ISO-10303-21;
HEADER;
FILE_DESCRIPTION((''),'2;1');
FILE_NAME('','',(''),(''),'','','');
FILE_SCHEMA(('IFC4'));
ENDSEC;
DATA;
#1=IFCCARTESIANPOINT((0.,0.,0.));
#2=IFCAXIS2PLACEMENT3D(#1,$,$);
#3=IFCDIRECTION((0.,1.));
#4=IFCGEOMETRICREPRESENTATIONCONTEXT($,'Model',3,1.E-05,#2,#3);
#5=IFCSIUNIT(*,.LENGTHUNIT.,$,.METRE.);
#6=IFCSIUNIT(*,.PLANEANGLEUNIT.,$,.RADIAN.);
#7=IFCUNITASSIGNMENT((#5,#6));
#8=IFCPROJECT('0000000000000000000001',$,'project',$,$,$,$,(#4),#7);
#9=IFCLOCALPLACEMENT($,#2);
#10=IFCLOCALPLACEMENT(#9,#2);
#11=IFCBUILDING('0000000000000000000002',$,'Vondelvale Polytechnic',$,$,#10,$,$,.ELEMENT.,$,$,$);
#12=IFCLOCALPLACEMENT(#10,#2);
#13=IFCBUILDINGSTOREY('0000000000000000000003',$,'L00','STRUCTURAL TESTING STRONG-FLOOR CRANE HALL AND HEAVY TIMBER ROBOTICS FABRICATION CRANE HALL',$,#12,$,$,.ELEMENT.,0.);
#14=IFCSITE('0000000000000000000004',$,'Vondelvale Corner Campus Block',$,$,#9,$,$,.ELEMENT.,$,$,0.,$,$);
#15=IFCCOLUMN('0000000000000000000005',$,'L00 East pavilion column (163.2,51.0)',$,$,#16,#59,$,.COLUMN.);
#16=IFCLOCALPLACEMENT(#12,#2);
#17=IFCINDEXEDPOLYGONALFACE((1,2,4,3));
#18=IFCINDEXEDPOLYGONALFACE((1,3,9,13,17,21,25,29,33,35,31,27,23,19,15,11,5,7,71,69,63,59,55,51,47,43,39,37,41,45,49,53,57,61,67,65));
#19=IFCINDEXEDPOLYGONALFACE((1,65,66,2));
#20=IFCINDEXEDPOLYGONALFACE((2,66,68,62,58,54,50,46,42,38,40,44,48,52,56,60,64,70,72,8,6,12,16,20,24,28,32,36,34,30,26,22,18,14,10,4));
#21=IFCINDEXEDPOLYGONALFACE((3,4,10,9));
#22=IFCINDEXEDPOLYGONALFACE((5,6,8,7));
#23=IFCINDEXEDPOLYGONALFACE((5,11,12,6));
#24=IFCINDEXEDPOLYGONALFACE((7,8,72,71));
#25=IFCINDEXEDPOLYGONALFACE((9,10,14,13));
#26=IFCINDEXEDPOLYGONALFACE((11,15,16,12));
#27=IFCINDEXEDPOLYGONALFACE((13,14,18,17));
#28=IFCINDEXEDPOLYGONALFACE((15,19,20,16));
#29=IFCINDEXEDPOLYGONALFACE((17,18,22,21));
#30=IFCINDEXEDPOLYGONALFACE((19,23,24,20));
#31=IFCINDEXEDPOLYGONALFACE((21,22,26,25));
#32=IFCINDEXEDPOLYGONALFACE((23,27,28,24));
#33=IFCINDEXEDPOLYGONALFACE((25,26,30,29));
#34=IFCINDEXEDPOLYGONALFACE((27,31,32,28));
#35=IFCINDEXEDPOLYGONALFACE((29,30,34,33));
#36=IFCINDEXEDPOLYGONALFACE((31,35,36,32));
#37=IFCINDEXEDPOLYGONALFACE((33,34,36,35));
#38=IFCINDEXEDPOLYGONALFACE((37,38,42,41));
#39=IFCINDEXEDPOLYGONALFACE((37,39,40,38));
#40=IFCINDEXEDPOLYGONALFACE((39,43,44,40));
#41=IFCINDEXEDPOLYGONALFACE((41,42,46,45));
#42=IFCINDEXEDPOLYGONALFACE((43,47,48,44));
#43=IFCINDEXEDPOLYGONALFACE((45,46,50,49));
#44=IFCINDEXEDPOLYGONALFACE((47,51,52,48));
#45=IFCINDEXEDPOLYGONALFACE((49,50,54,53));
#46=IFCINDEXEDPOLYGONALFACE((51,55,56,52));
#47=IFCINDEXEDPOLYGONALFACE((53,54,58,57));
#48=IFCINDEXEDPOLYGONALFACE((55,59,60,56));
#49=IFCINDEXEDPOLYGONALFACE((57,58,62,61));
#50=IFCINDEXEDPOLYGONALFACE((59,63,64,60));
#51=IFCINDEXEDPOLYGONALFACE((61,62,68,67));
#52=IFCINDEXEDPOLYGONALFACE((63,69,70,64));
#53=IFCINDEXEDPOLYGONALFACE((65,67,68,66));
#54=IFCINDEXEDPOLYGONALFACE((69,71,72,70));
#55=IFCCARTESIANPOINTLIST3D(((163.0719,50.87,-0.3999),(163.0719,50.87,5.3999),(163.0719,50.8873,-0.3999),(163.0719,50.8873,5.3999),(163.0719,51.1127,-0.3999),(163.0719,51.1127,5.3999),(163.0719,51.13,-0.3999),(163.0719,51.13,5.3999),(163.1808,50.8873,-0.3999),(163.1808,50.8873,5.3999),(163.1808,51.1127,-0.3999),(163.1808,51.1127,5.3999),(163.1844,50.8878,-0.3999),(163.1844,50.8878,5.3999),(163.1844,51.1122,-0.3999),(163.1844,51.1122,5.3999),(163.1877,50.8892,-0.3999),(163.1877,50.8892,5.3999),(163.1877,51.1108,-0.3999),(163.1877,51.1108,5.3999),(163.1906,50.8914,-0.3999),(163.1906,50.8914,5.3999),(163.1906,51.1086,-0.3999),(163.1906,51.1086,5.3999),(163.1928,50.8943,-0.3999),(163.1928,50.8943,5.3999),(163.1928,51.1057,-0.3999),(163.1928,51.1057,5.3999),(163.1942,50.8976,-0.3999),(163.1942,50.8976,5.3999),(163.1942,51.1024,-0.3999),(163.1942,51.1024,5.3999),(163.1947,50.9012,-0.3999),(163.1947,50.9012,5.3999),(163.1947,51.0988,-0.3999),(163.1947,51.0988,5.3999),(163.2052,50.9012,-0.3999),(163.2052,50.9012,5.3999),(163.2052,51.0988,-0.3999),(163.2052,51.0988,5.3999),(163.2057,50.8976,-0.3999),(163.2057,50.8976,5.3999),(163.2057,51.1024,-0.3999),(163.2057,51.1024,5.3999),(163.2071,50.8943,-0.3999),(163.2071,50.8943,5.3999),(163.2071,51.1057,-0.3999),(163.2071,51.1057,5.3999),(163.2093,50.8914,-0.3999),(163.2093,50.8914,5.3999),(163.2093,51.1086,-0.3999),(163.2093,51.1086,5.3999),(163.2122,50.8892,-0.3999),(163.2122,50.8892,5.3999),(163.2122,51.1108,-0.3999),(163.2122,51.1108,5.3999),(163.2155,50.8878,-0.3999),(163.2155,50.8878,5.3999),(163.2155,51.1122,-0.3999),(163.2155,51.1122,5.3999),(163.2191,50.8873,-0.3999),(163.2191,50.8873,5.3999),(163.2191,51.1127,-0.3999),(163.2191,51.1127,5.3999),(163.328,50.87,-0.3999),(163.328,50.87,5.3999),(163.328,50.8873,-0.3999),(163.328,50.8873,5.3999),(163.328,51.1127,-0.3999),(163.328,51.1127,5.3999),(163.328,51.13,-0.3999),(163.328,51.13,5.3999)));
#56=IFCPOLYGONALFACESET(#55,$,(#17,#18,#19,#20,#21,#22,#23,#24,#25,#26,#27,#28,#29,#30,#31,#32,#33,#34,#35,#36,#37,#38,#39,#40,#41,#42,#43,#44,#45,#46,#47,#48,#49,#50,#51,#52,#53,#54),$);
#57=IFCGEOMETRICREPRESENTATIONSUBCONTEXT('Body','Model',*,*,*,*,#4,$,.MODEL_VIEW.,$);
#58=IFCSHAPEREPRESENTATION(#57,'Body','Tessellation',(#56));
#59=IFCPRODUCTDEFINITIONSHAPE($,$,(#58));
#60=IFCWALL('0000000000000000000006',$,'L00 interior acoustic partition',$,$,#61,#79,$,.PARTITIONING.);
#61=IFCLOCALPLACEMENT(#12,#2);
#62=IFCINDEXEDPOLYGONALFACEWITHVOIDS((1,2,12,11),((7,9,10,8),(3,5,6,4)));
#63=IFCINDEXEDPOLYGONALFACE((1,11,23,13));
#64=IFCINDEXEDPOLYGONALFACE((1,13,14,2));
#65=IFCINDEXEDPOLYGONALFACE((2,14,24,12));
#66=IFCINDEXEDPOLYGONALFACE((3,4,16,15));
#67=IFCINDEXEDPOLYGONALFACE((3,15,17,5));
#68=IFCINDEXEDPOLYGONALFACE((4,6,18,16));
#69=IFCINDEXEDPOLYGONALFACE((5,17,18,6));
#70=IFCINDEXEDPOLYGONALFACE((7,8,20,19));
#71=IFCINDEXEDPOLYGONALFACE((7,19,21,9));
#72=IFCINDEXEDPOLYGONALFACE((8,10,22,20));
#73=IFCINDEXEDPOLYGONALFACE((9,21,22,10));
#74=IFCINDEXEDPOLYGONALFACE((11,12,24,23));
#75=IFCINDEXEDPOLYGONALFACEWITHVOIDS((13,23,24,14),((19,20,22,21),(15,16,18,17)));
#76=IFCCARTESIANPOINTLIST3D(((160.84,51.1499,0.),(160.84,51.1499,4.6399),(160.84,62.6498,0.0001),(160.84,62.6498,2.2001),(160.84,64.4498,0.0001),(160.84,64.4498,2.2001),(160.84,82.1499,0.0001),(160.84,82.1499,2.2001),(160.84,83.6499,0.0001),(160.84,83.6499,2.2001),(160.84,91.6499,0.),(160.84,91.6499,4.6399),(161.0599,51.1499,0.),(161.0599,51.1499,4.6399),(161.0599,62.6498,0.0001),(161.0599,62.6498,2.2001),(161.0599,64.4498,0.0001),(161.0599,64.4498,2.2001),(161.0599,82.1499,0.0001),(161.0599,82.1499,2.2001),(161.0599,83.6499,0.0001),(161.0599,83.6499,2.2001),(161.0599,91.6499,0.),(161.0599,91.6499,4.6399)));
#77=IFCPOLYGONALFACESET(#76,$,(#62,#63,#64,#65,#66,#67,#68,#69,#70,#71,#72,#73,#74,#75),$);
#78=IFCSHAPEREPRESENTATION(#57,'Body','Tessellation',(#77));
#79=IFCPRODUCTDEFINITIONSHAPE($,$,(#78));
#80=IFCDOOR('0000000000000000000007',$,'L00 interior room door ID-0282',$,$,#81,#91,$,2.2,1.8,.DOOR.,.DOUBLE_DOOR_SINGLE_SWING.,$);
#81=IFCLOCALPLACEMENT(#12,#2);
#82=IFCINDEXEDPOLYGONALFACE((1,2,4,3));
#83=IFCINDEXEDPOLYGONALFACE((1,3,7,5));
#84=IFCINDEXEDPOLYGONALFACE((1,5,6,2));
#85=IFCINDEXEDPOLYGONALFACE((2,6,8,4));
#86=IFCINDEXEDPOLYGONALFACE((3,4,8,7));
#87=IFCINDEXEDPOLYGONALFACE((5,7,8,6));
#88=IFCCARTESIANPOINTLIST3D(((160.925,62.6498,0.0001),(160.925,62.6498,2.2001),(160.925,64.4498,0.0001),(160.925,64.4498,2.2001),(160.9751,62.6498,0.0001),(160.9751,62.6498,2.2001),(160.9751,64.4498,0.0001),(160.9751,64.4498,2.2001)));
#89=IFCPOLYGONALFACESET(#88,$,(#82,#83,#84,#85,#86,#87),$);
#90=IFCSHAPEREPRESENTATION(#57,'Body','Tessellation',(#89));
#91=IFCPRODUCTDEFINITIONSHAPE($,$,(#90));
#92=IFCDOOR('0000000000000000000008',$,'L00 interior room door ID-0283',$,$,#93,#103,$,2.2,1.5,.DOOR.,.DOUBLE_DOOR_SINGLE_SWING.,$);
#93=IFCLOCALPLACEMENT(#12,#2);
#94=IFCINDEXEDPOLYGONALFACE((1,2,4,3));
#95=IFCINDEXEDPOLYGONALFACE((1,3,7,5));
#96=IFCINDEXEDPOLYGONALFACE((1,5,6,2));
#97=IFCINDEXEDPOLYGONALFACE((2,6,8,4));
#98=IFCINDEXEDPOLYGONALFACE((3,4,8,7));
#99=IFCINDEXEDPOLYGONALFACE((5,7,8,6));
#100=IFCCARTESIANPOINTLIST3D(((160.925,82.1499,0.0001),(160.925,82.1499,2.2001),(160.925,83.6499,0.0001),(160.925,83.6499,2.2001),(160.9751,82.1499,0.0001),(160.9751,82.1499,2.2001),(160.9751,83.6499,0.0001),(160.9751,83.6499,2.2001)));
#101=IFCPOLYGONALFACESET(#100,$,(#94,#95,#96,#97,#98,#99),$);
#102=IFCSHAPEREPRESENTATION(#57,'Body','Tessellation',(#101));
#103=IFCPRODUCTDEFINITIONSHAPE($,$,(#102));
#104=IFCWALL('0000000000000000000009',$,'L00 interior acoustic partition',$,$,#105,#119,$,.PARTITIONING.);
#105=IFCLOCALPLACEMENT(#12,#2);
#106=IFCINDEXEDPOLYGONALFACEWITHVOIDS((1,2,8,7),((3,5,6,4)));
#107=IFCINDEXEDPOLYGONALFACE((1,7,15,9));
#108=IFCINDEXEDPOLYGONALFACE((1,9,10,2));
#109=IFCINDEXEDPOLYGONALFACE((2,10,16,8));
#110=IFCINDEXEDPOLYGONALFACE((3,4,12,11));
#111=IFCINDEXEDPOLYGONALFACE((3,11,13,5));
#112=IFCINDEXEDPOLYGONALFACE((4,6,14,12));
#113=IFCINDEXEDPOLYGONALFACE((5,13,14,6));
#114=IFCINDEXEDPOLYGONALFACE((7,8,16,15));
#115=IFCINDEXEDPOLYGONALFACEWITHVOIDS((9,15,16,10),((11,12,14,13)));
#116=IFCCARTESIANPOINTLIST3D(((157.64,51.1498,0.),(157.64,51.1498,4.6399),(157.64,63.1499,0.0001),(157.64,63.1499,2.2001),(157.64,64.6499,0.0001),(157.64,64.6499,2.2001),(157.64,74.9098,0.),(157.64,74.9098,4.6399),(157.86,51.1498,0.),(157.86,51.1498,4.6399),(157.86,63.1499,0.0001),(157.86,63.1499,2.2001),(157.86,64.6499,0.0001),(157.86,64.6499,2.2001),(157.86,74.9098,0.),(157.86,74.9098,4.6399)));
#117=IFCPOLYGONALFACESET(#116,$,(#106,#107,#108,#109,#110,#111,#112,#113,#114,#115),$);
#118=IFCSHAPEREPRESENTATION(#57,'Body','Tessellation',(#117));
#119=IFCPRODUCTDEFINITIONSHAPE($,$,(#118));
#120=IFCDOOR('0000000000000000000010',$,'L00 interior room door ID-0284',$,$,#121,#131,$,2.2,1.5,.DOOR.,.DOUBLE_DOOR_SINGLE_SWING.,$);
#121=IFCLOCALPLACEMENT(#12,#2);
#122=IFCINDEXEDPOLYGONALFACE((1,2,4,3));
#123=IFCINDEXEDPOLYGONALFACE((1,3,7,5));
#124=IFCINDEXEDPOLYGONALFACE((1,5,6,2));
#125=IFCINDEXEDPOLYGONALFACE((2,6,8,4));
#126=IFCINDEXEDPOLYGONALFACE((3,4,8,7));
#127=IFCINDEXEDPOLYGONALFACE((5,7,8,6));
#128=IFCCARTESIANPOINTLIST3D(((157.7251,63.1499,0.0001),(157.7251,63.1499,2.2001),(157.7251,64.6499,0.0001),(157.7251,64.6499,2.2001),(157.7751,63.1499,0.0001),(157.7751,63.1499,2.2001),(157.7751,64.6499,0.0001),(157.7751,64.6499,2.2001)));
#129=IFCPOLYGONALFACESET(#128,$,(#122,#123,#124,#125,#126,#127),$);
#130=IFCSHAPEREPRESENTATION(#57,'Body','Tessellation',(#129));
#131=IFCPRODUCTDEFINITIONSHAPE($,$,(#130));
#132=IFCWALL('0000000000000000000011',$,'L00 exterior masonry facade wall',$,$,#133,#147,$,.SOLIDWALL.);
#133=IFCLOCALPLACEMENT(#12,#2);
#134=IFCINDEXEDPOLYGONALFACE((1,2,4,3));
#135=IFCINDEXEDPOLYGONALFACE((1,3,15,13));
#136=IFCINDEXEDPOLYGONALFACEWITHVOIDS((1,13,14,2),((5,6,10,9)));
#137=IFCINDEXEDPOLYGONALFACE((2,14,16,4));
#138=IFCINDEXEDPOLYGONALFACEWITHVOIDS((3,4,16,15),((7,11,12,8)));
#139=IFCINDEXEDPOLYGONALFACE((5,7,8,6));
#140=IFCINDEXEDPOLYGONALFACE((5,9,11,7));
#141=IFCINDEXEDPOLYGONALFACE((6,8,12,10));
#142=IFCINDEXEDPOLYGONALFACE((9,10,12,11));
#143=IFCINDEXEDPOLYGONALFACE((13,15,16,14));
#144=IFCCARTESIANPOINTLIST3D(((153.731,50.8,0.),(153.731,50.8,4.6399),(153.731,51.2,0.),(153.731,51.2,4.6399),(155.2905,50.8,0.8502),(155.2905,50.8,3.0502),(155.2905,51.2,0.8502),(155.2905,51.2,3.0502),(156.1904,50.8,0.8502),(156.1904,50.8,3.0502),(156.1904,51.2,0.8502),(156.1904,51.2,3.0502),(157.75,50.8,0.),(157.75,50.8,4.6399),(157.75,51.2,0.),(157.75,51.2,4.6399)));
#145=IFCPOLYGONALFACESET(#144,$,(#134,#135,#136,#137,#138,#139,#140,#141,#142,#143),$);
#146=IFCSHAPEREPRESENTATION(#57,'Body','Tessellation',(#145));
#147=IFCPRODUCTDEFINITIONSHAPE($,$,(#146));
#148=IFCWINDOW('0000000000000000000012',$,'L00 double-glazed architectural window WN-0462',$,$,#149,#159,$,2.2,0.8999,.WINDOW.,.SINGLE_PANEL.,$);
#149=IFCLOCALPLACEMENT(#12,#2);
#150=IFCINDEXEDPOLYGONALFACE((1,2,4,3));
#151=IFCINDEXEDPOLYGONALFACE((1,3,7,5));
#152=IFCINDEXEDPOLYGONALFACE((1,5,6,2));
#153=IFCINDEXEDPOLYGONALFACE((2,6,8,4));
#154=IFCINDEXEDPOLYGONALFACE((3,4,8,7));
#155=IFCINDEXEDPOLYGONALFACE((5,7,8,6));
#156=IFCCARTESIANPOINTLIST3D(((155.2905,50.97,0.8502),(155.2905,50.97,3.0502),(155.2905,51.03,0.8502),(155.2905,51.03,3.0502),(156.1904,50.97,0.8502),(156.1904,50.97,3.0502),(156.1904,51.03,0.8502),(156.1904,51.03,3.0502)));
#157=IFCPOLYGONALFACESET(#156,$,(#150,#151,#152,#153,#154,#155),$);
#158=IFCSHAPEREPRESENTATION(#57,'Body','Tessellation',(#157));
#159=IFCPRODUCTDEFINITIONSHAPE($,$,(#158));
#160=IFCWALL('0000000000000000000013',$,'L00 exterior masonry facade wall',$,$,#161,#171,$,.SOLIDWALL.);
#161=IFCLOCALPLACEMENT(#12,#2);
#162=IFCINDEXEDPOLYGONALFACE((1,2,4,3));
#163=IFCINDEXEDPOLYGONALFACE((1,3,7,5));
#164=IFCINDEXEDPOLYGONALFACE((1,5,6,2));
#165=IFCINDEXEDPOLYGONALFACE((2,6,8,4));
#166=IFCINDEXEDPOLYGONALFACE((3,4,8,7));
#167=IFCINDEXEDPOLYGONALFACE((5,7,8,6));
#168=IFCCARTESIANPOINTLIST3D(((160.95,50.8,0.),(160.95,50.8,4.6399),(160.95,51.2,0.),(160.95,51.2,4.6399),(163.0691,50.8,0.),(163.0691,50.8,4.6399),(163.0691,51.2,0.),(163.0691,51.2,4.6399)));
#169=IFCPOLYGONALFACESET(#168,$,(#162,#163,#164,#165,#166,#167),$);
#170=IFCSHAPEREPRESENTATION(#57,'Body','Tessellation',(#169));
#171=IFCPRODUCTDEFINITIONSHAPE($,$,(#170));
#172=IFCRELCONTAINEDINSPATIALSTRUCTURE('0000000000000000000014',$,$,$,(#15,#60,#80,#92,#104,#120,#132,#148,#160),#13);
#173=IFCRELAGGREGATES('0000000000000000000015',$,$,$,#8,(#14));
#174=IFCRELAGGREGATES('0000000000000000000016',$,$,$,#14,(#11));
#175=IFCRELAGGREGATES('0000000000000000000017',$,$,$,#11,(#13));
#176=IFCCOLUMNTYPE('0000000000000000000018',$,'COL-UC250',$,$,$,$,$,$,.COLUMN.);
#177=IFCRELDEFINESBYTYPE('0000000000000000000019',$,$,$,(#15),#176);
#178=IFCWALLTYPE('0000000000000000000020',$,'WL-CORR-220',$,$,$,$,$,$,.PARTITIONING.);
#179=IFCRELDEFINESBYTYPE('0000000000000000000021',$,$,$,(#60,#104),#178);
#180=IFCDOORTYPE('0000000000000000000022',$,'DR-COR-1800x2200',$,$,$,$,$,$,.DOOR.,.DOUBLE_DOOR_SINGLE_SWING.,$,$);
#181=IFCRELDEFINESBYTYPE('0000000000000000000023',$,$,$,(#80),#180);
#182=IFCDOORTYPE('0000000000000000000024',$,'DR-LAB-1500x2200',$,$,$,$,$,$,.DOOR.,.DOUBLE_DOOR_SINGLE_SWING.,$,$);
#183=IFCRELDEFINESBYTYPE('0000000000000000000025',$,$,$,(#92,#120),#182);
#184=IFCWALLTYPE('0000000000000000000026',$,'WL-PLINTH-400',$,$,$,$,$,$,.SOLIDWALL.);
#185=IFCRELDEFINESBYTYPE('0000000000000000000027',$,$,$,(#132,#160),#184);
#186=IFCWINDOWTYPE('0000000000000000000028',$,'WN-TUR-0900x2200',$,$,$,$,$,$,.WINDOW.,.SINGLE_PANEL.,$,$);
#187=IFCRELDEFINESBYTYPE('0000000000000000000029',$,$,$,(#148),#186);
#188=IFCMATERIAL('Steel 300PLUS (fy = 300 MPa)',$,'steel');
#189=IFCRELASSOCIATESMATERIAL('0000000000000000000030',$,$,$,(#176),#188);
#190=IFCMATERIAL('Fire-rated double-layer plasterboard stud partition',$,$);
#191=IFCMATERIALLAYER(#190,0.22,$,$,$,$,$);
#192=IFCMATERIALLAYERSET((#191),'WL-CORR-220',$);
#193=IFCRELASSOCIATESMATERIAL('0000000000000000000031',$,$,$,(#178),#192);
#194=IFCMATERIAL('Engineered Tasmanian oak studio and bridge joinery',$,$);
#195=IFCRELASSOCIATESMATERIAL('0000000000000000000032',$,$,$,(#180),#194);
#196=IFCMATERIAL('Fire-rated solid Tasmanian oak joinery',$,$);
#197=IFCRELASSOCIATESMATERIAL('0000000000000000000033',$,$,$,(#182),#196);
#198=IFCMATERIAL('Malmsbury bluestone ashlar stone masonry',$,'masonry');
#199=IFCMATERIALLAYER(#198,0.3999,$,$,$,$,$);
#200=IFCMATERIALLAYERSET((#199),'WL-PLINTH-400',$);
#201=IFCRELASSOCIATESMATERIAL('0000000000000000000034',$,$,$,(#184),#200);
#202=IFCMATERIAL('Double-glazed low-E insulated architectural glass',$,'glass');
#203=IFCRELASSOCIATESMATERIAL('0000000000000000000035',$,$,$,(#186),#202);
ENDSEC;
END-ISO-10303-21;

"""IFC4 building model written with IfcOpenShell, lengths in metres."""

from ifc_helpers import new_model, si_unit, direction, frame, frame_2d, origin, origin_2d, place, context, subcontext, project, spatial, rectangle, i_section, extrude, material, layer, layer_set, material_profile, profile_set, type_object, element, fill, save


model = new_model("IFC4")

# Units and contexts
model_context = context("Model", 3, precision=1e-05, world=origin(), true_north=direction((0.0, 1.0)))
body_context = subcontext(model_context, "Body", "Model", "MODEL_VIEW")
ifc_project = project(units=[si_unit("LENGTHUNIT", "METRE"), si_unit("PLANEANGLEUNIT", "RADIAN")], contexts=[model_context])

# Site, building, storey
site_placement = place(None, origin())
site = spatial("IfcSite", under=ifc_project, at=site_placement, Name="Vondelvale Corner Campus Block", CompositionType="ELEMENT", RefElevation=0.0)
building_placement = place(site_placement, origin())
building = spatial("IfcBuilding", under=site, at=building_placement, Name="Vondelvale Polytechnic", CompositionType="ELEMENT")
storey_placement = place(building_placement, origin())
storey = spatial("IfcBuildingStorey", under=building, at=storey_placement, Name="L00", Description="STRUCTURAL TESTING STRONG-FLOOR CRANE HALL AND HEAVY TIMBER ROBOTICS FABRICATION CRANE HALL", CompositionType="ELEMENT", Elevation=0.0)

# Column
ifc_material_1 = material(Name="Steel 300PLUS (fy = 300 MPa)", Category="steel")
ifc_material_profile_1 = material_profile(ifc_material_1, i_section(OverallWidth=0.2561, OverallDepth=0.26, WebThickness=0.0105, FlangeThickness=0.0173, FilletRadius=0.0139, at=origin_2d()), Name="250UC89.5")
ifc_profile_set_1 = profile_set([ifc_material_profile_1], Name="Steel 300PLUS (fy = 300 MPa)")
column_type = type_object("IfcColumnType", Name="COL-UC250", PredefinedType="COLUMN", material=ifc_profile_set_1)
column_placement = place(storey_placement, frame((163.2, 51.0, -0.3999), z_axis=(0.0, 0.0, 1.0), x_axis=(1.0, 0.0, 0.0)))
element("IfcColumn", 1, at=column_placement, inside=storey, type_object=column_type, Name="L00 East pavilion column (163.2,51.0)", PredefinedType="COLUMN", context=body_context, shape_type="SweptSolid", body=[
    extrude(i_section(OverallWidth=0.2561, OverallDepth=0.26, WebThickness=0.0105, FlangeThickness=0.0173, FilletRadius=0.0139, at=origin_2d()), origin(), (0.0, 0.0, 1.0), 5.7998),
])

# Wall, openings, doors
ifc_material_2 = material(Name="Fire-rated double-layer plasterboard stud partition")
ifc_layer_1 = layer(ifc_material_2, 0.22)
ifc_layer_set_1 = layer_set([ifc_layer_1], Name="WL-CORR-220")
wall_type_1 = type_object("IfcWallType", Name="WL-CORR-220", PredefinedType="PARTITIONING", material=ifc_layer_set_1)
wall_1_placement = place(storey_placement, frame((160.95, 51.1499, 0.0), z_axis=(0.0, 0.0, 1.0), x_axis=(0.0, 1.0, 0.0)))
wall_1 = element("IfcWall", 2, at=wall_1_placement, inside=storey, type_object=wall_type_1, Name="L00 interior acoustic partition", PredefinedType="PARTITIONING", context=body_context, shape_type="SweptSolid", body=[
    extrude(rectangle(XDim=40.5, YDim=0.22, at=frame_2d((20.25, 0.0))), origin(), (0.0, 0.0, 1.0), 4.6399),
])
opening_1_placement = place(wall_1_placement, frame((11.5, 0.0, 0.0)))
opening_1 = element("IfcOpeningElement", 3, at=opening_1_placement, cuts=wall_1, PredefinedType="OPENING", context=body_context, shape_type="SweptSolid", body=[
    extrude(rectangle(XDim=1.8, YDim=2.2, at=frame_2d((0.8999, 1.1001))), frame((0.0, 0.1199, 0.0), z_axis=(0.0, -1.0, 0.0), x_axis=(1.0, 0.0, 0.0)), (0.0, 0.0, 1.0), 0.24),
])
opening_2_placement = place(wall_1_placement, frame((31.0, 0.0, 0.0)))
opening_2 = element("IfcOpeningElement", 4, at=opening_2_placement, cuts=wall_1, PredefinedType="OPENING", context=body_context, shape_type="SweptSolid", body=[
    extrude(rectangle(XDim=1.5, YDim=2.2, at=frame_2d((0.75, 1.1001))), frame((0.0, 0.1199, 0.0), z_axis=(0.0, -1.0, 0.0), x_axis=(1.0, 0.0, 0.0)), (0.0, 0.0, 1.0), 0.24),
])
ifc_material_3 = material(Name="Engineered Tasmanian oak studio and bridge joinery")
door_type_1 = type_object("IfcDoorType", Name="DR-COR-1800x2200", OperationType="DOUBLE_DOOR_SINGLE_SWING", PredefinedType="DOOR", material=ifc_material_3)
door_1_placement = place(opening_1_placement, origin())
door_1 = element("IfcDoor", 5, at=door_1_placement, inside=storey, type_object=door_type_1, Name="L00 interior room door ID-0282", OperationType="DOUBLE_DOOR_SINGLE_SWING", OverallHeight=2.2, OverallWidth=1.8, PredefinedType="DOOR", context=body_context, shape_type="SweptSolid", body=[
    extrude(rectangle(XDim=1.8, YDim=2.2, at=frame_2d((0.8999, 1.1001))), frame((0.0, 0.0249, 0.0), z_axis=(0.0, -1.0, 0.0), x_axis=(1.0, 0.0, 0.0)), (0.0, 0.0, 1.0), 0.05),
])
fill(opening_1, door_1)
ifc_material_4 = material(Name="Fire-rated solid Tasmanian oak joinery")
door_type_2 = type_object("IfcDoorType", Name="DR-LAB-1500x2200", OperationType="DOUBLE_DOOR_SINGLE_SWING", PredefinedType="DOOR", material=ifc_material_4)
door_2_placement = place(opening_2_placement, origin())
door_2 = element("IfcDoor", 6, at=door_2_placement, inside=storey, type_object=door_type_2, Name="L00 interior room door ID-0283", OperationType="DOUBLE_DOOR_SINGLE_SWING", OverallHeight=2.2, OverallWidth=1.5, PredefinedType="DOOR", context=body_context, shape_type="SweptSolid", body=[
    extrude(rectangle(XDim=1.5, YDim=2.2, at=frame_2d((0.75, 1.1001))), frame((0.0, 0.0249, 0.0), z_axis=(0.0, -1.0, 0.0), x_axis=(1.0, 0.0, 0.0)), (0.0, 0.0, 1.0), 0.05),
])
fill(opening_2, door_2)

# Wall, opening, door
wall_2_placement = place(storey_placement, frame((157.75, 51.1499, 0.0), z_axis=(0.0, 0.0, 1.0), x_axis=(0.0, 1.0, 0.0)))
wall_2 = element("IfcWall", 7, at=wall_2_placement, inside=storey, type_object=wall_type_1, Name="L00 interior acoustic partition", PredefinedType="PARTITIONING", context=body_context, shape_type="SweptSolid", body=[
    extrude(rectangle(XDim=23.76, YDim=0.22, at=frame_2d((11.8799, 0.0))), origin(), (0.0, 0.0, 1.0), 4.6399),
])
opening_3_placement = place(wall_2_placement, frame((12.0, 0.0, 0.0)))
opening_3 = element("IfcOpeningElement", 8, at=opening_3_placement, cuts=wall_2, PredefinedType="OPENING", context=body_context, shape_type="SweptSolid", body=[
    extrude(rectangle(XDim=1.5, YDim=2.2, at=frame_2d((0.75, 1.1001))), frame((0.0, 0.1199, 0.0), z_axis=(0.0, -1.0, 0.0), x_axis=(1.0, 0.0, 0.0)), (0.0, 0.0, 1.0), 0.24),
])
door_3_placement = place(opening_3_placement, origin())
door_3 = element("IfcDoor", 9, at=door_3_placement, inside=storey, type_object=door_type_2, Name="L00 interior room door ID-0284", OperationType="DOUBLE_DOOR_SINGLE_SWING", OverallHeight=2.2, OverallWidth=1.5, PredefinedType="DOOR", context=body_context, shape_type="SweptSolid", body=[
    extrude(rectangle(XDim=1.5, YDim=2.2, at=frame_2d((0.75, 1.1001))), frame((0.0, 0.0249, 0.0), z_axis=(0.0, -1.0, 0.0), x_axis=(1.0, 0.0, 0.0)), (0.0, 0.0, 1.0), 0.05),
])
fill(opening_3, door_3)

# Wall, opening, window
ifc_material_5 = material(Name="Malmsbury bluestone ashlar stone masonry", Category="masonry")
ifc_layer_2 = layer(ifc_material_5, 0.3999)
ifc_layer_set_2 = layer_set([ifc_layer_2], Name="WL-PLINTH-400")
wall_type_2 = type_object("IfcWallType", Name="WL-PLINTH-400", PredefinedType="SOLIDWALL", material=ifc_layer_set_2)
wall_3_placement = place(storey_placement, frame((157.75, 51.0, 0.0), z_axis=(0.0, 0.0, 1.0), x_axis=(-1.0, 0.0, 0.0)))
wall_3 = element("IfcWall", 10, at=wall_3_placement, inside=storey, type_object=wall_type_2, Name="L00 exterior masonry facade wall", PredefinedType="SOLIDWALL", context=body_context, shape_type="SweptSolid", body=[
    extrude(rectangle(XDim=4.019, YDim=0.3999, at=frame_2d((2.0095, 0.0))), origin(), (0.0, 0.0, 1.0), 4.6399),
])
opening_4_placement = place(wall_3_placement, frame((1.5596, 0.0, 0.8501)))
opening_4 = element("IfcOpeningElement", 11, at=opening_4_placement, cuts=wall_3, PredefinedType="OPENING", context=body_context, shape_type="SweptSolid", body=[
    extrude(rectangle(XDim=0.8999, YDim=2.2, at=frame_2d((0.45, 1.1001))), frame((0.0, 0.21, 0.0), z_axis=(0.0, -1.0, 0.0), x_axis=(1.0, 0.0, 0.0)), (0.0, 0.0, 1.0), 0.4199),
])
ifc_material_6 = material(Name="Double-glazed low-E insulated architectural glass", Category="glass")
window_type = type_object("IfcWindowType", Name="WN-TUR-0900x2200", PartitioningType="SINGLE_PANEL", PredefinedType="WINDOW", material=ifc_material_6)
window_placement = place(opening_4_placement, origin())
window = element("IfcWindow", 12, at=window_placement, inside=storey, type_object=window_type, Name="L00 double-glazed architectural window WN-0462", OverallHeight=2.2, OverallWidth=0.8999, PartitioningType="SINGLE_PANEL", PredefinedType="WINDOW", context=body_context, shape_type="SweptSolid", body=[
    extrude(rectangle(XDim=0.8999, YDim=2.2, at=frame_2d((0.45, 1.1001))), frame((0.0, 0.03, 0.0), z_axis=(0.0, -1.0, 0.0), x_axis=(1.0, 0.0, 0.0)), (0.0, 0.0, 1.0), 0.0601),
])
fill(opening_4, window)

# Wall
wall_4_placement = place(storey_placement, frame((163.0691, 51.0, 0.0), z_axis=(0.0, 0.0, 1.0), x_axis=(-1.0, 0.0, 0.0)))
element("IfcWall", 13, at=wall_4_placement, inside=storey, type_object=wall_type_2, Name="L00 exterior masonry facade wall", PredefinedType="SOLIDWALL", context=body_context, shape_type="SweptSolid", body=[
    extrude(rectangle(XDim=2.1191, YDim=0.3999, at=frame_2d((1.0596, 0.0))), origin(), (0.0, 0.0, 1.0), 4.6399),
])

save(model, "model.ifc")
